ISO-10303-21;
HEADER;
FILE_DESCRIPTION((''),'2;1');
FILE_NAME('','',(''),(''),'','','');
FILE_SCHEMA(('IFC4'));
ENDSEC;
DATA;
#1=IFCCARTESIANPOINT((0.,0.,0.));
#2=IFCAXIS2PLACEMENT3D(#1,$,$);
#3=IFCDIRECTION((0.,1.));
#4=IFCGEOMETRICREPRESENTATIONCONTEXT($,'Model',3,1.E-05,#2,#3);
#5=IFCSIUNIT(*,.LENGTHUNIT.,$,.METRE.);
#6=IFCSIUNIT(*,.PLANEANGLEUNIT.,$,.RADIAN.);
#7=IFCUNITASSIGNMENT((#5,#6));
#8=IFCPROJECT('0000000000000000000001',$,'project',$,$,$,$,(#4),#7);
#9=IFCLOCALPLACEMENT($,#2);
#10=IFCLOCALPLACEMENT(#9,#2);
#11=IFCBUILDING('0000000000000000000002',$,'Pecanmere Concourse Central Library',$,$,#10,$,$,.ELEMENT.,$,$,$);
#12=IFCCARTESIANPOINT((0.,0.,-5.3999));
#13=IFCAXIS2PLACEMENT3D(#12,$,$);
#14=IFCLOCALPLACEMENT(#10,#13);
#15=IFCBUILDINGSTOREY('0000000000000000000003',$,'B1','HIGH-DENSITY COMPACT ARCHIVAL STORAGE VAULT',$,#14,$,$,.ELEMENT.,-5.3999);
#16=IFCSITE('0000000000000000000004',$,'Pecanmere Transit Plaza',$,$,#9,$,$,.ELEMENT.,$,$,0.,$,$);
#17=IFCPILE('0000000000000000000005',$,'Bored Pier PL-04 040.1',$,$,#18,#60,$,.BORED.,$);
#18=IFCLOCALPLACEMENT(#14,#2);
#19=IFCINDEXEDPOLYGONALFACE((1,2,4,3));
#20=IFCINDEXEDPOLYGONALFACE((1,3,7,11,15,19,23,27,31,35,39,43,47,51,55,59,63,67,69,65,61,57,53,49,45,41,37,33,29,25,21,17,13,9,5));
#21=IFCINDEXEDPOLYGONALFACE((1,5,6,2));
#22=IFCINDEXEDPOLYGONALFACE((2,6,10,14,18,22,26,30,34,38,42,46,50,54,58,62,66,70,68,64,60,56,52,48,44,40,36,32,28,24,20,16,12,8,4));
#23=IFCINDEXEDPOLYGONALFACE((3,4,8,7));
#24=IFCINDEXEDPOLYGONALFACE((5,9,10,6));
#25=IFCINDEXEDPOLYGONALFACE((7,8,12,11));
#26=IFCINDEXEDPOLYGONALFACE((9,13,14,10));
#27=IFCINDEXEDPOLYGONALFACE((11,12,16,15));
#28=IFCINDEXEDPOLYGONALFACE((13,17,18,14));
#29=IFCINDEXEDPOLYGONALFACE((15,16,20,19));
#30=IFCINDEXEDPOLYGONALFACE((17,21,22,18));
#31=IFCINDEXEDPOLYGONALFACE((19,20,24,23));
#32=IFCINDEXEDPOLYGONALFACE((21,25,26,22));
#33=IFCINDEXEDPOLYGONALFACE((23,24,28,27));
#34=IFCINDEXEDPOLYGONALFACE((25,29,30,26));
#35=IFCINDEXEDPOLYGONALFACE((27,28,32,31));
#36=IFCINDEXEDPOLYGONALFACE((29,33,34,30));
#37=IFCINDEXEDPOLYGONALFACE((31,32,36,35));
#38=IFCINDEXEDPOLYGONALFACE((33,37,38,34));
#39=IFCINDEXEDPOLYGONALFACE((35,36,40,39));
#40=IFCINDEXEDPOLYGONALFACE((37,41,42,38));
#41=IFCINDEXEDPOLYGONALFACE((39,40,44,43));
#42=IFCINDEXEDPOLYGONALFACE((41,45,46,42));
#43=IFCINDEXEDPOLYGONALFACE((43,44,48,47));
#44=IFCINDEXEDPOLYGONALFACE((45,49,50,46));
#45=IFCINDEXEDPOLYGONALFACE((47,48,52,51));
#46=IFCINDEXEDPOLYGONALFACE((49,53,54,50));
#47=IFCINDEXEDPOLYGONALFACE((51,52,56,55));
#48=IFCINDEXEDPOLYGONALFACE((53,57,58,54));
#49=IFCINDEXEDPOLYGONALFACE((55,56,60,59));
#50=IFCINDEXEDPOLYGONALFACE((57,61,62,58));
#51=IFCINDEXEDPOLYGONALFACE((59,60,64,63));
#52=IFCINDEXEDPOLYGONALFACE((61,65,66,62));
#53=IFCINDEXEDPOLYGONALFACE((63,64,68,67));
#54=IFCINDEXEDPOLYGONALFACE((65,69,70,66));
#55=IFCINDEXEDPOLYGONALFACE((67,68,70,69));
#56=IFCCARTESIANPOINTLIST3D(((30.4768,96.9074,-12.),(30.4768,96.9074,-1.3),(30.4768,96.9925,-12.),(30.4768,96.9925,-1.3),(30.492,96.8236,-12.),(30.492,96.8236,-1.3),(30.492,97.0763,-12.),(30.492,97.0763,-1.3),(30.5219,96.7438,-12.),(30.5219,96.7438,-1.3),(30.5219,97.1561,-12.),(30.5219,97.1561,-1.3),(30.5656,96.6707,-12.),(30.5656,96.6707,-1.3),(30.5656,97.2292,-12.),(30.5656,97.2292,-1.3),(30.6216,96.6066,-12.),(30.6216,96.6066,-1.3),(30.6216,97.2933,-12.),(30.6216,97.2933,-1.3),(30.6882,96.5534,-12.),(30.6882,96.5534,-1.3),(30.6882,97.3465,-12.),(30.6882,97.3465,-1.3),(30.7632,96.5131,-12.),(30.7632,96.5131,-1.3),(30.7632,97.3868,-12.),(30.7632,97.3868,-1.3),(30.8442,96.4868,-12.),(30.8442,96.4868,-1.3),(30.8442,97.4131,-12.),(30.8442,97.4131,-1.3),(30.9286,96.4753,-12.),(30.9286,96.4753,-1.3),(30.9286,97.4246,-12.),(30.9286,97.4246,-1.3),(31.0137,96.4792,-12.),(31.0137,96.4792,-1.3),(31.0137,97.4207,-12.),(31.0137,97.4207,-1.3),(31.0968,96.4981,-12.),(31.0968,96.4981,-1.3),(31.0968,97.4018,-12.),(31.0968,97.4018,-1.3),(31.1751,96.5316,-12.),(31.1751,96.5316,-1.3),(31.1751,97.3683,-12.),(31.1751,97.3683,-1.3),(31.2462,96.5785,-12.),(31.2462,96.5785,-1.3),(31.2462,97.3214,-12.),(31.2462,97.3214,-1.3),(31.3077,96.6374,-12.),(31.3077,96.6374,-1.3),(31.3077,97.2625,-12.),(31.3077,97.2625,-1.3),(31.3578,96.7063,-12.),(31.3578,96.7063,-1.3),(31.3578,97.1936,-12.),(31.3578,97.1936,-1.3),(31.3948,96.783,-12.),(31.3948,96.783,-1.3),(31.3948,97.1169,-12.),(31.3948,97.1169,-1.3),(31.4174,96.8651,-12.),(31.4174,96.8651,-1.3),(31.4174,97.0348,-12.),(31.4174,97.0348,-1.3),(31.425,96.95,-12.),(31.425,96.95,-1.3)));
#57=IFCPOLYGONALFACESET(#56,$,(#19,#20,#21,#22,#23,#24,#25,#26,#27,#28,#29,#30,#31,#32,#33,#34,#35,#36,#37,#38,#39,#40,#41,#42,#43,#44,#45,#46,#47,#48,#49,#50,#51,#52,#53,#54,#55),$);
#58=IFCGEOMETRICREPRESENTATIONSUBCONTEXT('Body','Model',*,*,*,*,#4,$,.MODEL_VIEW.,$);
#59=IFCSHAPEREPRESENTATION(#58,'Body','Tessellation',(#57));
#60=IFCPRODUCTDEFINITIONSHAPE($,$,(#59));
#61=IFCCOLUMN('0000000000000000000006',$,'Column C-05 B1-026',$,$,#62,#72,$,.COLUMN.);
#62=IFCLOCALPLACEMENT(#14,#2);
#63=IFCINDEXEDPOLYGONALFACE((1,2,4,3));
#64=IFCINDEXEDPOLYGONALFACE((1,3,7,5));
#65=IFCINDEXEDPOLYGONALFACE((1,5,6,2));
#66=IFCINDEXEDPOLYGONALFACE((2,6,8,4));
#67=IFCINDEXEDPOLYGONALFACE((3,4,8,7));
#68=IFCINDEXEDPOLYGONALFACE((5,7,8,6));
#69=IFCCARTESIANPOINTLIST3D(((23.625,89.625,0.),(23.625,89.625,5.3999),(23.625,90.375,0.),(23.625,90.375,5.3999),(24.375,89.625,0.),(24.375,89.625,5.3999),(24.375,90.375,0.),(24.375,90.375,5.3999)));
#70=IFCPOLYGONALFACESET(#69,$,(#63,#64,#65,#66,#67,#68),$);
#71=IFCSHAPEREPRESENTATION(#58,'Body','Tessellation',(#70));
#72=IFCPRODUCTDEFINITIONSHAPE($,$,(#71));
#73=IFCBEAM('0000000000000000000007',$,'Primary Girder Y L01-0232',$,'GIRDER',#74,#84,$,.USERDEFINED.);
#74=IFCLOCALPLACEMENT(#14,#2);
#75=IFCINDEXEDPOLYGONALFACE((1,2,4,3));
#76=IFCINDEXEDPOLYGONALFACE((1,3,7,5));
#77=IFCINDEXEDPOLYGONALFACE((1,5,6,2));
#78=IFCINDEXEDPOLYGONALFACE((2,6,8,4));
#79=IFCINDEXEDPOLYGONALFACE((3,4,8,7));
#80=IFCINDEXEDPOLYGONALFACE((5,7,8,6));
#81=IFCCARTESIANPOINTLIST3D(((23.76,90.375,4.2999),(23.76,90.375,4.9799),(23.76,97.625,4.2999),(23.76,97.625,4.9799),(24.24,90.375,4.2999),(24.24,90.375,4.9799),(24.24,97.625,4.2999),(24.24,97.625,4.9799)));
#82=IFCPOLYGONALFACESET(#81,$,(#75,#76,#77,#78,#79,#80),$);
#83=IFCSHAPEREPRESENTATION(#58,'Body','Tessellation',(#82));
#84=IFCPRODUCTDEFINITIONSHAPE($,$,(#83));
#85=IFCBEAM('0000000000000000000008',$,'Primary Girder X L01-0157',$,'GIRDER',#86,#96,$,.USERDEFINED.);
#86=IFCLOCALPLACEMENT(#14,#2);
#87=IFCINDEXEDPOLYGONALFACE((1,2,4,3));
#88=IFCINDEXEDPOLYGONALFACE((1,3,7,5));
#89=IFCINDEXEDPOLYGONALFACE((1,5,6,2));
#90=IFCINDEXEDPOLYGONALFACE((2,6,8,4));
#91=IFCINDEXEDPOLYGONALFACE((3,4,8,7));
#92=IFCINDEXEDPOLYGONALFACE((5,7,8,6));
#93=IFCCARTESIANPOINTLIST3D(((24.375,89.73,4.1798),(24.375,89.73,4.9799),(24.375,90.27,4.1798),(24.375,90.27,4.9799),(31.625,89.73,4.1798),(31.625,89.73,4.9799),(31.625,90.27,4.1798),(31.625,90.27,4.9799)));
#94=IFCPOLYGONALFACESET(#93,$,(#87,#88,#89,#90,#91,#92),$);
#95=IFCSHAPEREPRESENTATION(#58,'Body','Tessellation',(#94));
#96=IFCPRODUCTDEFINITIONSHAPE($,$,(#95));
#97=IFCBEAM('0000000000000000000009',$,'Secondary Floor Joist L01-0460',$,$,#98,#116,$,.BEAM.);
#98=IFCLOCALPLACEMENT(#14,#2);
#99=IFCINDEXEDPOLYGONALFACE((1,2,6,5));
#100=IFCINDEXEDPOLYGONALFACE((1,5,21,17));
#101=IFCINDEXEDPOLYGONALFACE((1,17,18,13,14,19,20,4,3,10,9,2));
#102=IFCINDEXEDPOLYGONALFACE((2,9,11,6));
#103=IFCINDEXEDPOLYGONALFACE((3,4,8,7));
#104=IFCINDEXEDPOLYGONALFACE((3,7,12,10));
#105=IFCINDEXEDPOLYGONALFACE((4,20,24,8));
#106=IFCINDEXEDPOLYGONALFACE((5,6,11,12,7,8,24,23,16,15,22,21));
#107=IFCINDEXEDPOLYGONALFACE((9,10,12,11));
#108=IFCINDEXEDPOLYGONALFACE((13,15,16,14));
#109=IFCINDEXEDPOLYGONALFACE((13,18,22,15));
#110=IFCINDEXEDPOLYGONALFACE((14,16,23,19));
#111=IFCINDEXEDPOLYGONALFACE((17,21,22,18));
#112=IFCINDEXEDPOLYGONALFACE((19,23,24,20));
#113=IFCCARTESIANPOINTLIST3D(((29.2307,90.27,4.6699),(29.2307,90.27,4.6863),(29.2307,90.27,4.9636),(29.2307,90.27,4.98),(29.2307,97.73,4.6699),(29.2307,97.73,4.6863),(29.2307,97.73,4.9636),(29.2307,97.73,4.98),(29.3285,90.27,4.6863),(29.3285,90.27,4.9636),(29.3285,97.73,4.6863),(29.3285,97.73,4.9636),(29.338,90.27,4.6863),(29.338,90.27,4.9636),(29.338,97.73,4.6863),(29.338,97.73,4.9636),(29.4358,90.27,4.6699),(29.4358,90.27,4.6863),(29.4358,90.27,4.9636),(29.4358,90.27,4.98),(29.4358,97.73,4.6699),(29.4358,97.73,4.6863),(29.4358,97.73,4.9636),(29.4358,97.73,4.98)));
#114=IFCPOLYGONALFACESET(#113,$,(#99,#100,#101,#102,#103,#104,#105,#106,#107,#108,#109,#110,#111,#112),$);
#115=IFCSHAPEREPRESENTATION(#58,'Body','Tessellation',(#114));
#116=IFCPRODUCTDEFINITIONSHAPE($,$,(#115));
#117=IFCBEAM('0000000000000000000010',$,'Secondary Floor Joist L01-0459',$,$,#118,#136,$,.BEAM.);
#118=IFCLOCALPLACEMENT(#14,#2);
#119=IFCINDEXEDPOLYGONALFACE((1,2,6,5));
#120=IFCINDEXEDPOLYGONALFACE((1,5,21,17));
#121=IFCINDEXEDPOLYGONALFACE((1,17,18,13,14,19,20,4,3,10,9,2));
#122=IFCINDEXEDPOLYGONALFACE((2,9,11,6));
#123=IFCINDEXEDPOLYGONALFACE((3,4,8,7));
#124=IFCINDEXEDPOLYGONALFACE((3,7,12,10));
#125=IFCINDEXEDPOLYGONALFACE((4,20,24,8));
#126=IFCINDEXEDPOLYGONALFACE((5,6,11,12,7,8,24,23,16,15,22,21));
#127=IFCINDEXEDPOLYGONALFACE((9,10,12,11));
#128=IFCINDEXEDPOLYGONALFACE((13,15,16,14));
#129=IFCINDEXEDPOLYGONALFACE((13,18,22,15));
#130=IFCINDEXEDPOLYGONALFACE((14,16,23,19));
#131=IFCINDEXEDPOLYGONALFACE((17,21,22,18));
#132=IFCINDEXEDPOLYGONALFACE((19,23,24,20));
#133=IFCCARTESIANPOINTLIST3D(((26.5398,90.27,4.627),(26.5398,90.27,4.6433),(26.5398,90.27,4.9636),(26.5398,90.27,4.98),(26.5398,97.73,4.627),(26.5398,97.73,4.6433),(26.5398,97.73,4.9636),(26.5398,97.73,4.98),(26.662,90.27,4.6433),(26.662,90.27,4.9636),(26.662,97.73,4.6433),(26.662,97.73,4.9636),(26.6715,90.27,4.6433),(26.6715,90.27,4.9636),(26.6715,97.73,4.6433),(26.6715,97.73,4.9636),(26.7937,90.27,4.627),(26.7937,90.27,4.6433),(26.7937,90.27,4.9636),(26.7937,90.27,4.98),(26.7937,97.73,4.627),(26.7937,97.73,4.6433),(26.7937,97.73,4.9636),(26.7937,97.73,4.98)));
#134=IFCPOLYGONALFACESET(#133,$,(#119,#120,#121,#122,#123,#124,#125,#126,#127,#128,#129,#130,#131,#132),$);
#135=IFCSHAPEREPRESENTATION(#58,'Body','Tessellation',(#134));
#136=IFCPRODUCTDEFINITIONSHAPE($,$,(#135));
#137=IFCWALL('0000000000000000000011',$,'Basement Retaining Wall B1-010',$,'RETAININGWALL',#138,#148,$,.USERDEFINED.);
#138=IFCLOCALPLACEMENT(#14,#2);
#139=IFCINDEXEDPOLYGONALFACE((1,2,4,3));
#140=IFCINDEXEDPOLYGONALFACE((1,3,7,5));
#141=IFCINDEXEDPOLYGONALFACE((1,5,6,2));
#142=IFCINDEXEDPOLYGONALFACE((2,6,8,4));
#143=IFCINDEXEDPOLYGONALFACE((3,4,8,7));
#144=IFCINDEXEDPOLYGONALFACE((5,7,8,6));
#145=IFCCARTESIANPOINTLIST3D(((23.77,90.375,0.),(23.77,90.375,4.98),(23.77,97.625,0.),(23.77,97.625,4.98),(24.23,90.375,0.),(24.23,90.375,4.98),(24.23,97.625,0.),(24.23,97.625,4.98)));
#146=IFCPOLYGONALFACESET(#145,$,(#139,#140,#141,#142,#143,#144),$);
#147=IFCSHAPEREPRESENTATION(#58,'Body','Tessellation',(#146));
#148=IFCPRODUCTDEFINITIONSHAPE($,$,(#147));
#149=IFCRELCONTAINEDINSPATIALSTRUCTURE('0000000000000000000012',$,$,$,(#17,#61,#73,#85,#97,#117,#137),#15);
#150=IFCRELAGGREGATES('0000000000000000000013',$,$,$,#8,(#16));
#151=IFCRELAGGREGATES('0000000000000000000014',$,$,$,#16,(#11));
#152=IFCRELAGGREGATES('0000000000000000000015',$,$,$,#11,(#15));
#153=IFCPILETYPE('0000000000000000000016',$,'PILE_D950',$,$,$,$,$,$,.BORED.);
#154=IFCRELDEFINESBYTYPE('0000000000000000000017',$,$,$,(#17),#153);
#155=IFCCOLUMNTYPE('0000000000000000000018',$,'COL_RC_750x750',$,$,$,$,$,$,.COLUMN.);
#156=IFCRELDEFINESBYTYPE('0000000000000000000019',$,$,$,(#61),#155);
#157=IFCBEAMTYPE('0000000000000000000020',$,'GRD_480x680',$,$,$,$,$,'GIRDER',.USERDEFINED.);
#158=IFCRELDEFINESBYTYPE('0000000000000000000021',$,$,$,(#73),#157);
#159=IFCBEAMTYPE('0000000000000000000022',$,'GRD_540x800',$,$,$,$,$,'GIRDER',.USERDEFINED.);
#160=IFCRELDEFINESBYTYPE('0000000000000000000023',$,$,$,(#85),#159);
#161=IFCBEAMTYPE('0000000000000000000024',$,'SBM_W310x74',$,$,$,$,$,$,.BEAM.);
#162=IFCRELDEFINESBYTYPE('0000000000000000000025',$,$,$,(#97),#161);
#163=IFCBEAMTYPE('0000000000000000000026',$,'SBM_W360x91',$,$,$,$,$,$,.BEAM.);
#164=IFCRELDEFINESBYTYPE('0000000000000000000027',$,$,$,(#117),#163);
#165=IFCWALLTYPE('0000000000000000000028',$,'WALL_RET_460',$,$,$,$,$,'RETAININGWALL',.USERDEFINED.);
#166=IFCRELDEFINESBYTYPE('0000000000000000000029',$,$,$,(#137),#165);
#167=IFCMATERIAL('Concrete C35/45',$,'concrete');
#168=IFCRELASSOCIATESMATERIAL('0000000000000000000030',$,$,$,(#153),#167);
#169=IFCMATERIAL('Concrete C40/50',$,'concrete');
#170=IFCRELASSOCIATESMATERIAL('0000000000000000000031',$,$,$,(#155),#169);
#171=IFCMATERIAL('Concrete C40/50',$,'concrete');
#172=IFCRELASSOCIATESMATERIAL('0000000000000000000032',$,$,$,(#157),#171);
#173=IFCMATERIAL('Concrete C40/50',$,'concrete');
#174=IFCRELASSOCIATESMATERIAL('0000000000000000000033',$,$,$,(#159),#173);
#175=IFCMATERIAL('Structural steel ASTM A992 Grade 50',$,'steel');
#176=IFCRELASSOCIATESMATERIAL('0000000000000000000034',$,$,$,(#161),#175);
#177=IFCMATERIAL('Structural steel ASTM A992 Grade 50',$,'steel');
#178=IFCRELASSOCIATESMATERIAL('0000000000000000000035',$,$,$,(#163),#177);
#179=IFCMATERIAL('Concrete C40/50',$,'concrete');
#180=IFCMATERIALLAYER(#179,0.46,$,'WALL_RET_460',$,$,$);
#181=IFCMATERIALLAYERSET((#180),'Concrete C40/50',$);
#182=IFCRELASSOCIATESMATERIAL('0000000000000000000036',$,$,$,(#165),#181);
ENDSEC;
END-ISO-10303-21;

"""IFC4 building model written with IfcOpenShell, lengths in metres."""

from ifc_helpers import new_model, si_unit, direction, frame, frame_2d, origin, origin_2d, place, context, subcontext, project, spatial, rectangle, circle, i_section, extrude, material, layer, layer_set, material_profile, profile_set, type_object, element, save


model = new_model("IFC4")

# Units and contexts
model_context = context("Model", 3, precision=1e-05, world=origin(), true_north=direction((0.0, 1.0)))
body_context = subcontext(model_context, "Body", "Model", "MODEL_VIEW")
ifc_project = project(units=[si_unit("LENGTHUNIT", "METRE"), si_unit("PLANEANGLEUNIT", "RADIAN")], contexts=[model_context])

# Site, building, storey
site_placement = place(None, origin())
site = spatial("IfcSite", under=ifc_project, at=site_placement, Name="Pecanmere Transit Plaza", CompositionType="ELEMENT", RefElevation=0.0)
building_placement = place(site_placement, origin())
building = spatial("IfcBuilding", under=site, at=building_placement, Name="Pecanmere Concourse Central Library", CompositionType="ELEMENT")
storey_placement = place(building_placement, frame((0.0, 0.0, -5.3999)))
storey = spatial("IfcBuildingStorey", under=building, at=storey_placement, Name="B1", Description="HIGH-DENSITY COMPACT ARCHIVAL STORAGE VAULT", CompositionType="ELEMENT", Elevation=-5.3999)

# Pile
ifc_material_1 = material(Name="Concrete C35/45", Category="concrete")
ifc_material_profile_1 = material_profile(ifc_material_1, circle(Radius=0.4751, at=origin_2d()), Name="PIER D950")
ifc_profile_set_1 = profile_set([ifc_material_profile_1], Name="Concrete C35/45")
pile_type = type_object("IfcPileType", Name="PILE_D950", PredefinedType="BORED", material=ifc_profile_set_1)
for number, where, z_axis, x_axis, name in (
    (1, (30.95, 96.95, -1.3), (0.0, 0.0, -1.0), (1.0, 0.0, 0.0), "Bored Pier PL-04 040.1"),
):
    element("IfcPile", number, at=place(storey_placement, frame(where, z_axis=z_axis, x_axis=x_axis)), inside=storey, type_object=pile_type, Name=name, PredefinedType="BORED", context=body_context, shape_type="SweptSolid", body=[
        extrude(circle(Radius=0.4751, at=origin_2d()), origin(), (0.0, 0.0, 1.0), 10.7),
    ])

# Column
ifc_material_2 = material(Name="Concrete C40/50", Category="concrete")
ifc_material_profile_2 = material_profile(ifc_material_2, rectangle(XDim=0.75, YDim=0.75, at=origin_2d()), Name="RC 750x750")
ifc_profile_set_2 = profile_set([ifc_material_profile_2], Name="Concrete C40/50")
column_type = type_object("IfcColumnType", Name="COL_RC_750x750", PredefinedType="COLUMN", material=ifc_profile_set_2)
column_placement = place(storey_placement, frame((24.0, 90.0, 0.0), z_axis=(0.0, 0.0, 1.0), x_axis=(1.0, 0.0, 0.0)))
element("IfcColumn", 2, at=column_placement, inside=storey, type_object=column_type, Name="Column C-05 B1-026", PredefinedType="COLUMN", context=body_context, shape_type="SweptSolid", body=[
    extrude(rectangle(XDim=0.75, YDim=0.75, at=origin_2d()), origin(), (0.0, 0.0, 1.0), 5.3999),
])

# Beams
ifc_material_3 = material(Name="Concrete C40/50", Category="concrete")
ifc_material_profile_3 = material_profile(ifc_material_3, rectangle(XDim=0.48, YDim=0.6799, at=origin_2d()), Name="RC 480x680")
ifc_profile_set_3 = profile_set([ifc_material_profile_3], Name="Concrete C40/50")
beam_type_1 = type_object("IfcBeamType", Name="GRD_480x680", ElementType="GIRDER", PredefinedType="USERDEFINED", material=ifc_profile_set_3)
beam_1_placement = place(storey_placement, frame((24.0, 90.375, 4.6399), z_axis=(0.0, 1.0, 0.0), x_axis=(-1.0, 0.0, 0.0)))
element("IfcBeam", 3, at=beam_1_placement, inside=storey, type_object=beam_type_1, Name="Primary Girder Y L01-0232", ObjectType="GIRDER", PredefinedType="USERDEFINED", context=body_context, shape_type="SweptSolid", body=[
    extrude(rectangle(XDim=0.48, YDim=0.6799, at=origin_2d()), origin(), (0.0, 0.0, 1.0), 7.25),
])
ifc_material_4 = material(Name="Concrete C40/50", Category="concrete")
ifc_material_profile_4 = material_profile(ifc_material_4, rectangle(XDim=0.54, YDim=0.8, at=origin_2d()), Name="RC 540x800")
ifc_profile_set_4 = profile_set([ifc_material_profile_4], Name="Concrete C40/50")
beam_type_2 = type_object("IfcBeamType", Name="GRD_540x800", ElementType="GIRDER", PredefinedType="USERDEFINED", material=ifc_profile_set_4)
beam_2_placement = place(storey_placement, frame((24.375, 90.0, 4.5798), z_axis=(1.0, 0.0, 0.0), x_axis=(0.0, 1.0, 0.0)))
element("IfcBeam", 4, at=beam_2_placement, inside=storey, type_object=beam_type_2, Name="Primary Girder X L01-0157", ObjectType="GIRDER", PredefinedType="USERDEFINED", context=body_context, shape_type="SweptSolid", body=[
    extrude(rectangle(XDim=0.54, YDim=0.8, at=origin_2d()), origin(), (0.0, 0.0, 1.0), 7.25),
])
ifc_material_5 = material(Name="Structural steel ASTM A992 Grade 50", Category="steel")
ifc_material_profile_5 = material_profile(ifc_material_5, i_section(OverallWidth=0.2051, OverallDepth=0.3101, WebThickness=0.0095, FlangeThickness=0.0164, at=origin_2d()), Name="W310x74")
ifc_profile_set_5 = profile_set([ifc_material_profile_5], Name="Structural steel ASTM A992 Grade 50")
beam_type_3 = type_object("IfcBeamType", Name="SBM_W310x74", PredefinedType="BEAM", material=ifc_profile_set_5)
beam_3_placement = place(storey_placement, frame((29.3333, 90.27, 4.825), z_axis=(0.0, 1.0, 0.0), x_axis=(-1.0, 0.0, 0.0)))
element("IfcBeam", 5, at=beam_3_placement, inside=storey, type_object=beam_type_3, Name="Secondary Floor Joist L01-0460", PredefinedType="BEAM", context=body_context, shape_type="SweptSolid", body=[
    extrude(i_section(OverallWidth=0.2051, OverallDepth=0.3101, WebThickness=0.0095, FlangeThickness=0.0164, at=origin_2d()), origin(), (0.0, 0.0, 1.0), 7.46),
])
ifc_material_6 = material(Name="Structural steel ASTM A992 Grade 50", Category="steel")
ifc_material_profile_6 = material_profile(ifc_material_6, i_section(OverallWidth=0.2539, OverallDepth=0.353, WebThickness=0.0095, FlangeThickness=0.0164, at=origin_2d()), Name="W360x91")
ifc_profile_set_6 = profile_set([ifc_material_profile_6], Name="Structural steel ASTM A992 Grade 50")
beam_type_4 = type_object("IfcBeamType", Name="SBM_W360x91", PredefinedType="BEAM", material=ifc_profile_set_6)
beam_4_placement = place(storey_placement, frame((26.6667, 90.27, 4.8035), z_axis=(0.0, 1.0, 0.0), x_axis=(-1.0, 0.0, 0.0)))
element("IfcBeam", 6, at=beam_4_placement, inside=storey, type_object=beam_type_4, Name="Secondary Floor Joist L01-0459", PredefinedType="BEAM", context=body_context, shape_type="SweptSolid", body=[
    extrude(i_section(OverallWidth=0.2539, OverallDepth=0.353, WebThickness=0.0095, FlangeThickness=0.0164, at=origin_2d()), origin(), (0.0, 0.0, 1.0), 7.46),
])

# Wall
ifc_material_7 = material(Name="Concrete C40/50", Category="concrete")
ifc_layer = layer(ifc_material_7, 0.46, Name="WALL_RET_460")
ifc_layer_set = layer_set([ifc_layer], Name="Concrete C40/50")
wall_type = type_object("IfcWallType", Name="WALL_RET_460", ElementType="RETAININGWALL", PredefinedType="USERDEFINED", material=ifc_layer_set)
wall_placement = place(storey_placement, frame((24.0, 90.375, 0.0), z_axis=(0.0, 0.0, 1.0), x_axis=(0.0, 1.0, 0.0)))
element("IfcWall", 7, at=wall_placement, inside=storey, type_object=wall_type, Name="Basement Retaining Wall B1-010", ObjectType="RETAININGWALL", PredefinedType="USERDEFINED", context=body_context, shape_type="SweptSolid", body=[
    extrude(rectangle(XDim=7.25, YDim=0.46, at=frame_2d((3.625, 0.0))), origin(), (0.0, 0.0, 1.0), 4.98),
])

save(model, "model.ifc")
